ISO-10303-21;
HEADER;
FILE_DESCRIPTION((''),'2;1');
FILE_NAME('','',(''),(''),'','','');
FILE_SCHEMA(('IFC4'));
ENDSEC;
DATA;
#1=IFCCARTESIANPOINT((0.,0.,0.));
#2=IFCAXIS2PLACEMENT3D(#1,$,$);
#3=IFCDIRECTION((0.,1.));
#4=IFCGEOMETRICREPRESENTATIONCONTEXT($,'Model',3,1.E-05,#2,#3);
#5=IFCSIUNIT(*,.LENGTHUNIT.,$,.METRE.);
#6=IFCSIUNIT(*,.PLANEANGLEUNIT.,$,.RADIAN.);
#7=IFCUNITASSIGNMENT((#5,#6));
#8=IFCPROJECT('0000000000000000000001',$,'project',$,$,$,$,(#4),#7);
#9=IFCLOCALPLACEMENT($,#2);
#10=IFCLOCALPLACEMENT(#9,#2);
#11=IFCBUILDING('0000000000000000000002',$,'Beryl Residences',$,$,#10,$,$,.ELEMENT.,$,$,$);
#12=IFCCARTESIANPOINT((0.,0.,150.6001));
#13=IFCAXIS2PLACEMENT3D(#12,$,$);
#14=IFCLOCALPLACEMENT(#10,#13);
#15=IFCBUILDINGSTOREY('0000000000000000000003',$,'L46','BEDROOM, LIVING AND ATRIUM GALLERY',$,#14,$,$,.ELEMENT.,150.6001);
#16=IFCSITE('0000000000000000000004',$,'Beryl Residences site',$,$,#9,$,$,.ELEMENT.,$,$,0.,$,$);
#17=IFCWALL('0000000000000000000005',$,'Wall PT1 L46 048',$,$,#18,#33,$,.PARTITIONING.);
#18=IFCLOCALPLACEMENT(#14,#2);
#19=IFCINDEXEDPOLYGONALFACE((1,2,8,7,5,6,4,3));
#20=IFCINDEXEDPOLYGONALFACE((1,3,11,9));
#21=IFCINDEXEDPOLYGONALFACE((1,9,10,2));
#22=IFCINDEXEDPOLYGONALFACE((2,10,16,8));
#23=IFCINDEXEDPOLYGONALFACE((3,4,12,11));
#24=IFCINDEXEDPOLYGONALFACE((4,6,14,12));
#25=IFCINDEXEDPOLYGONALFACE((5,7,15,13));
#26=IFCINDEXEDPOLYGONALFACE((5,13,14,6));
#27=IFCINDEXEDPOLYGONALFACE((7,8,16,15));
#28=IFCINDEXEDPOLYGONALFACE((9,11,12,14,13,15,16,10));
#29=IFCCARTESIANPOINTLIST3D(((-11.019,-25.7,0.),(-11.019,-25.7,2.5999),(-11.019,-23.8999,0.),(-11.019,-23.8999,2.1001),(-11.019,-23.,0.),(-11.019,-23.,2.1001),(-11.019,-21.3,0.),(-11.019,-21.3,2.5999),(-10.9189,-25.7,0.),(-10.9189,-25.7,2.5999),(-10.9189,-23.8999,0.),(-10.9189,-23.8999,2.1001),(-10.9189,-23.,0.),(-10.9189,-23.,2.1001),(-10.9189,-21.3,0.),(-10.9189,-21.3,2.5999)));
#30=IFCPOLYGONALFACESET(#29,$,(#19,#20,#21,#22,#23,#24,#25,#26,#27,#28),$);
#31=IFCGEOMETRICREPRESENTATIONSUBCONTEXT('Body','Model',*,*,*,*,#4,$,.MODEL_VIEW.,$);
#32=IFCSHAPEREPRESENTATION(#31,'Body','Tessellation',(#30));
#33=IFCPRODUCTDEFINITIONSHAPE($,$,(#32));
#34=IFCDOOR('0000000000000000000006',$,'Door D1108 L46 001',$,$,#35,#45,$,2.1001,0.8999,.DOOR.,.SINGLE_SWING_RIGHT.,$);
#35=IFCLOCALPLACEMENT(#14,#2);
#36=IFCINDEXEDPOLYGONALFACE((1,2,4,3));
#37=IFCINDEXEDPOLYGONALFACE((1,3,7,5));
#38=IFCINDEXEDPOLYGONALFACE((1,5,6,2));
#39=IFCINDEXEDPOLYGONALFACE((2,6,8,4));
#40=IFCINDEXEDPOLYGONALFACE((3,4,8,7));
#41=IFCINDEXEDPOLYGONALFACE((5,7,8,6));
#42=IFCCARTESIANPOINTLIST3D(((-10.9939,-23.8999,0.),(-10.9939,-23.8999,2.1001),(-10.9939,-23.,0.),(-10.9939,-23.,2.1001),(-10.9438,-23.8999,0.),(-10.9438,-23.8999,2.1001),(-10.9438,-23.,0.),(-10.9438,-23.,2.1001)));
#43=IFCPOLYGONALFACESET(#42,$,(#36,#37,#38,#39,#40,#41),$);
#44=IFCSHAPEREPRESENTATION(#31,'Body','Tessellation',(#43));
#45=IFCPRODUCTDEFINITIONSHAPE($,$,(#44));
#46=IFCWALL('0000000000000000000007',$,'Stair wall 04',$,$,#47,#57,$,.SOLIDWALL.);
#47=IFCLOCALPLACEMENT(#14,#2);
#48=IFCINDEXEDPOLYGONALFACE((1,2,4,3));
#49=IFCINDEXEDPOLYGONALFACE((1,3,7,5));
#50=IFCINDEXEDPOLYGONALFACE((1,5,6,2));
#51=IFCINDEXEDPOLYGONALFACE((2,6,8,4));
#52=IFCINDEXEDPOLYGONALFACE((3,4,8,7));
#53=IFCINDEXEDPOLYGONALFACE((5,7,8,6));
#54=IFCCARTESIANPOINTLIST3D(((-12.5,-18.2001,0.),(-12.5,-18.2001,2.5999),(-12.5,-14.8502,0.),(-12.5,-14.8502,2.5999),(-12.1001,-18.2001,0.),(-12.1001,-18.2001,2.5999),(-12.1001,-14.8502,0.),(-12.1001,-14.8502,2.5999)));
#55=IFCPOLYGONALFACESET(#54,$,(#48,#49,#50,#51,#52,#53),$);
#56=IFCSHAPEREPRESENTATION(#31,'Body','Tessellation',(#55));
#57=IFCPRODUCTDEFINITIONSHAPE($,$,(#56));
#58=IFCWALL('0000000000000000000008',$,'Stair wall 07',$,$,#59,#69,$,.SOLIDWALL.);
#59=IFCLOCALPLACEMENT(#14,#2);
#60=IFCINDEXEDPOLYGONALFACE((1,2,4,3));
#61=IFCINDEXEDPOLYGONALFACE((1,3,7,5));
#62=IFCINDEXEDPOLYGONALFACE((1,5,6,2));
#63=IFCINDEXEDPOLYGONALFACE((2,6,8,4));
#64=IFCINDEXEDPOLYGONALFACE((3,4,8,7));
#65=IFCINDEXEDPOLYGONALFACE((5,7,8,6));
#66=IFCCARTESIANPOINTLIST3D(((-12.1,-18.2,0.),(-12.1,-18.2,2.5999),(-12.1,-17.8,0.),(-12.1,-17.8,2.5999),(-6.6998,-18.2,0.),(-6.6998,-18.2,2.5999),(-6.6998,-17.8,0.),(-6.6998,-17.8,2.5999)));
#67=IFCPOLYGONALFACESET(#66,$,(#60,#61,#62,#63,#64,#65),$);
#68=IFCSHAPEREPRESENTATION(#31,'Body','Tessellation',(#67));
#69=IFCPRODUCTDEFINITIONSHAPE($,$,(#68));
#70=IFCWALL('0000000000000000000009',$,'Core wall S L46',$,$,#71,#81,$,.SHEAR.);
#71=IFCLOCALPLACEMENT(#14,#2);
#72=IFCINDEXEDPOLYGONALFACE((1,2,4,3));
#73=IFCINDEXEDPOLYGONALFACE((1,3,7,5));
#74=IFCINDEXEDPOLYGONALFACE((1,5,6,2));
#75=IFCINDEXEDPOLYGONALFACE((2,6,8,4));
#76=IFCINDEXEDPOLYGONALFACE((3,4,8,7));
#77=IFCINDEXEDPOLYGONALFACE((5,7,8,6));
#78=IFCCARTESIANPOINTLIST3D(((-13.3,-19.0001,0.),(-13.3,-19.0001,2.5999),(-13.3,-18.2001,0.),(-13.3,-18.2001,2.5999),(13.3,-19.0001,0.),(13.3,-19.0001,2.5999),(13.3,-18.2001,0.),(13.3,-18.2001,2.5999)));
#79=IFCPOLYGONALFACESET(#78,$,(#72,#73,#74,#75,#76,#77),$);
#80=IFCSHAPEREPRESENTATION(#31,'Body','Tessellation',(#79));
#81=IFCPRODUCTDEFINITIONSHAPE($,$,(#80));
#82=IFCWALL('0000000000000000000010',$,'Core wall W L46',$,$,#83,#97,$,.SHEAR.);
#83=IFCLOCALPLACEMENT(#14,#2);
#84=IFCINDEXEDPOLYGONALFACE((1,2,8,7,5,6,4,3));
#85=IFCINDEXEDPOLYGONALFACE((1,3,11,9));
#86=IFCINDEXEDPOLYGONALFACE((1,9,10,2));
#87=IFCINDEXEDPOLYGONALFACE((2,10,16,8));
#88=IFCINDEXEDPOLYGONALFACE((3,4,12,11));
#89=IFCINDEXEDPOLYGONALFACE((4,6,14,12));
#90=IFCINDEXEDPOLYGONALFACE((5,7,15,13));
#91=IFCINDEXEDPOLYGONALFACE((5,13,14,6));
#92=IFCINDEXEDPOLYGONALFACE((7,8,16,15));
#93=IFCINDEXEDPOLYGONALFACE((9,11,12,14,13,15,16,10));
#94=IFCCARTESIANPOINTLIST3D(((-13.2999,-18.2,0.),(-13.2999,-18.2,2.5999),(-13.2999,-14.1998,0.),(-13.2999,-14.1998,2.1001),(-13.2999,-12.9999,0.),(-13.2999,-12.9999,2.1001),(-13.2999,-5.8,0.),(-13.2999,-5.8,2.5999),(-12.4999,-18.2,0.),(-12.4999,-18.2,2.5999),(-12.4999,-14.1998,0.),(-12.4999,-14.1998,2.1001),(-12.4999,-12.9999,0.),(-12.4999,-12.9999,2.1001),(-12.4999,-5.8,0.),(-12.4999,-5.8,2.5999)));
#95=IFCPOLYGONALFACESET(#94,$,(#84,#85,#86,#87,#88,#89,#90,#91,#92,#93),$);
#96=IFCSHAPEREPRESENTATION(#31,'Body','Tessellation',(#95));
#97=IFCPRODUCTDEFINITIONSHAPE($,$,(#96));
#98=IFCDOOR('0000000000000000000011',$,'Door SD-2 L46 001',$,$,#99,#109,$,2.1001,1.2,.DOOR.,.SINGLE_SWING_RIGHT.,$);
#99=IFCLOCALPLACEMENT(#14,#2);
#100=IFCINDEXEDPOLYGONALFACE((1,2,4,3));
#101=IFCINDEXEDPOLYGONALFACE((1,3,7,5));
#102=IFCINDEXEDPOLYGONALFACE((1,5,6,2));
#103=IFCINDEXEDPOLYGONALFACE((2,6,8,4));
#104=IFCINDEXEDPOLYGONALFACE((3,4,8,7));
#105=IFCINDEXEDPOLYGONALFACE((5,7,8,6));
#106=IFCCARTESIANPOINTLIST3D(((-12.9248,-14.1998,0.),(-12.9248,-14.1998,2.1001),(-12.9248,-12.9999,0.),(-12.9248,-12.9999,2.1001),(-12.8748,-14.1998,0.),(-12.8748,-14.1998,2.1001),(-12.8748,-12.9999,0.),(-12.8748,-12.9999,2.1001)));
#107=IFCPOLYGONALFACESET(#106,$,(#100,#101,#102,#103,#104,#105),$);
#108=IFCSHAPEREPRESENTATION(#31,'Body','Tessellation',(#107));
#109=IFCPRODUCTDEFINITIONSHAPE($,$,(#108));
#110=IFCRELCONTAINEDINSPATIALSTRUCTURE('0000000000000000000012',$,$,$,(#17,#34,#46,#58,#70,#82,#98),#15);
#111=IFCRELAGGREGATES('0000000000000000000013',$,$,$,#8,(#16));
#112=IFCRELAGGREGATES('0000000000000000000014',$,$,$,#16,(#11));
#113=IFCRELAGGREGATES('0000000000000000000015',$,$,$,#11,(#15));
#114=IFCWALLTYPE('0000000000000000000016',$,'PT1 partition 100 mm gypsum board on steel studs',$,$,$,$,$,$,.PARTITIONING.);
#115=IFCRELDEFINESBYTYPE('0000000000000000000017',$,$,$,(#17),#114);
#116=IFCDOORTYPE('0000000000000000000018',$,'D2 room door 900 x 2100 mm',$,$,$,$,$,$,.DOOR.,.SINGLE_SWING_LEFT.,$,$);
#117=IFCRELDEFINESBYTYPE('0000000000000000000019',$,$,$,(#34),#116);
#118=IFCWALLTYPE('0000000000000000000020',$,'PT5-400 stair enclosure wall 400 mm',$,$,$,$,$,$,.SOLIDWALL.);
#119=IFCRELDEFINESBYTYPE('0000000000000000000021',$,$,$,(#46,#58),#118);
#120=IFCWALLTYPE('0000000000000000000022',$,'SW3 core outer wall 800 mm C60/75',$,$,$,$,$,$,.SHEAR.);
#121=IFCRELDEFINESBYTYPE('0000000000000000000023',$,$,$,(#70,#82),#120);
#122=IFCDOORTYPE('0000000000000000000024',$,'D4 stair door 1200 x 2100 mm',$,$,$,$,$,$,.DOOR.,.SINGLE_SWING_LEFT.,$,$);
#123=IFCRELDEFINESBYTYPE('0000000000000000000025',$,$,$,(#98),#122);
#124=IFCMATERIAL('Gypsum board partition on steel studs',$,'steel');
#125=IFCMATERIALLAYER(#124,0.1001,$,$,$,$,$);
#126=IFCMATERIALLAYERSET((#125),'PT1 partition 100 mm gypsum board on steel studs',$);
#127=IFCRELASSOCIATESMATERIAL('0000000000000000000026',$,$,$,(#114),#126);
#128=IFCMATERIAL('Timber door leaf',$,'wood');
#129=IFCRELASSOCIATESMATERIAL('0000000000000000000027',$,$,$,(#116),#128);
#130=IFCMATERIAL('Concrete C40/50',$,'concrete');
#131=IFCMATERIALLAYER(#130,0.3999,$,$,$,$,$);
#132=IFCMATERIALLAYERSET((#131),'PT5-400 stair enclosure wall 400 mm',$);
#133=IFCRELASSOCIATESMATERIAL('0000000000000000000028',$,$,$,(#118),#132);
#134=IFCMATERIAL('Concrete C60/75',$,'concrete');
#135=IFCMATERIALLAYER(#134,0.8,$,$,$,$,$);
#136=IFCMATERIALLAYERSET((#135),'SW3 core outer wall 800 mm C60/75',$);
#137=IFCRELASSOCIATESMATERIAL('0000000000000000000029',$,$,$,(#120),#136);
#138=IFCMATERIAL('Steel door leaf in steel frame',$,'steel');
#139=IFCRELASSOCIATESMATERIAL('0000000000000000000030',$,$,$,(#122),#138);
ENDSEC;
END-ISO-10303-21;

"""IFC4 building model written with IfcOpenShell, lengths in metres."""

from ifc_helpers import new_model, si_unit, direction, frame, frame_2d, origin, place, context, subcontext, project, spatial, rectangle, extrude, material, layer, layer_set, type_object, element, fill, save


model = new_model("IFC4")

# Units and contexts
model_context = context("Model", 3, precision=1e-05, world=origin(), true_north=direction((0.0, 1.0)))
body_context = subcontext(model_context, "Body", "Model", "MODEL_VIEW")
ifc_project = project(units=[si_unit("LENGTHUNIT", "METRE"), si_unit("PLANEANGLEUNIT", "RADIAN")], contexts=[model_context])

# Site, building, storey
site_placement = place(None, origin())
site = spatial("IfcSite", under=ifc_project, at=site_placement, Name="Beryl Residences site", CompositionType="ELEMENT", RefElevation=0.0)
building_placement = place(site_placement, origin())
building = spatial("IfcBuilding", under=site, at=building_placement, Name="Beryl Residences", CompositionType="ELEMENT")
storey_placement = place(building_placement, frame((0.0, 0.0, 150.6001)))
storey = spatial("IfcBuildingStorey", under=building, at=storey_placement, Name="L46", Description="BEDROOM, LIVING AND ATRIUM GALLERY", CompositionType="ELEMENT", Elevation=150.6001)

# Wall, opening, door
ifc_material_1 = material(Name="Gypsum board partition on steel studs", Category="steel")
ifc_layer_1 = layer(ifc_material_1, 0.1001)
ifc_layer_set_1 = layer_set([ifc_layer_1], Name="PT1 partition 100 mm gypsum board on steel studs")
wall_type_1 = type_object("IfcWallType", Name="PT1 partition 100 mm gypsum board on steel studs", PredefinedType="PARTITIONING", material=ifc_layer_set_1)
wall_1_placement = place(storey_placement, frame((-10.969, -25.7, 0.0), z_axis=(0.0, 0.0, 1.0), x_axis=(0.0, 1.0, 0.0)))
wall_1 = element("IfcWall", 1, at=wall_1_placement, inside=storey, type_object=wall_type_1, Name="Wall PT1 L46 048", PredefinedType="PARTITIONING", context=body_context, shape_type="SweptSolid", body=[
    extrude(rectangle(XDim=4.3999, YDim=0.1001, at=frame_2d((2.2, 0.0))), origin(), (0.0, 0.0, 1.0), 2.5999),
])
opening_1_placement = place(wall_1_placement, frame((1.8, 0.0, 0.0)))
opening_1 = element("IfcOpeningElement", 2, at=opening_1_placement, cuts=wall_1, PredefinedType="OPENING", context=body_context, shape_type="SweptSolid", body=[
    extrude(rectangle(XDim=0.8999, YDim=2.1001, at=frame_2d((0.45, 1.05))), frame((0.0, 0.0601, 0.0), z_axis=(0.0, -1.0, 0.0), x_axis=(1.0, 0.0, 0.0)), (0.0, 0.0, 1.0), 0.1201),
])
ifc_material_2 = material(Name="Timber door leaf", Category="wood")
door_type_1 = type_object("IfcDoorType", Name="D2 room door 900 x 2100 mm", OperationType="SINGLE_SWING_LEFT", PredefinedType="DOOR", material=ifc_material_2)
door_1_placement = place(opening_1_placement, origin())
door_1 = element("IfcDoor", 3, at=door_1_placement, inside=storey, type_object=door_type_1, Name="Door D1108 L46 001", OperationType="SINGLE_SWING_RIGHT", OverallHeight=2.1001, OverallWidth=0.8999, PredefinedType="DOOR", context=body_context, shape_type="SweptSolid", body=[
    extrude(rectangle(XDim=0.8999, YDim=2.1001, at=frame_2d((0.45, 1.05))), frame((0.0, 0.0249, 0.0), z_axis=(0.0, -1.0, 0.0), x_axis=(1.0, 0.0, 0.0)), (0.0, 0.0, 1.0), 0.05),
])
fill(opening_1, door_1)

# Walls
ifc_material_3 = material(Name="Concrete C40/50", Category="concrete")
ifc_layer_2 = layer(ifc_material_3, 0.3999)
ifc_layer_set_2 = layer_set([ifc_layer_2], Name="PT5-400 stair enclosure wall 400 mm")
wall_type_2 = type_object("IfcWallType", Name="PT5-400 stair enclosure wall 400 mm", PredefinedType="SOLIDWALL", material=ifc_layer_set_2)
wall_2_placement = place(storey_placement, frame((-12.3, -18.2, 0.0), z_axis=(0.0, 0.0, 1.0), x_axis=(0.0, 1.0, 0.0)))
element("IfcWall", 4, at=wall_2_placement, inside=storey, type_object=wall_type_2, Name="Stair wall 04", PredefinedType="SOLIDWALL", context=body_context, shape_type="SweptSolid", body=[
    extrude(rectangle(XDim=3.3499, YDim=0.3999, at=frame_2d((1.6748, 0.0))), origin(), (0.0, 0.0, 1.0), 2.5999),
])
wall_3_placement = place(storey_placement, frame((-12.1001, -18.0, 0.0), z_axis=(0.0, 0.0, 1.0), x_axis=(1.0, 0.0, 0.0)))
element("IfcWall", 5, at=wall_3_placement, inside=storey, type_object=wall_type_2, Name="Stair wall 07", PredefinedType="SOLIDWALL", context=body_context, shape_type="SweptSolid", body=[
    extrude(rectangle(XDim=5.4001, YDim=0.3999, at=frame_2d((2.7002, 0.0))), origin(), (0.0, 0.0, 1.0), 2.5999),
])
ifc_material_4 = material(Name="Concrete C60/75", Category="concrete")
ifc_layer_3 = layer(ifc_material_4, 0.8)
ifc_layer_set_3 = layer_set([ifc_layer_3], Name="SW3 core outer wall 800 mm C60/75")
wall_type_3 = type_object("IfcWallType", Name="SW3 core outer wall 800 mm C60/75", PredefinedType="SHEAR", material=ifc_layer_set_3)
wall_4_placement = place(storey_placement, frame((-13.3, -18.6001, 0.0), z_axis=(0.0, 0.0, 1.0), x_axis=(1.0, 0.0, 0.0)))
element("IfcWall", 6, at=wall_4_placement, inside=storey, type_object=wall_type_3, Name="Core wall S L46", PredefinedType="SHEAR", context=body_context, shape_type="SweptSolid", body=[
    extrude(rectangle(XDim=26.6001, YDim=0.8, at=frame_2d((13.3, 0.0))), origin(), (0.0, 0.0, 1.0), 2.5999),
])

# Wall, opening, door
wall_5_placement = place(storey_placement, frame((-12.8999, -18.2, 0.0), z_axis=(0.0, 0.0, 1.0), x_axis=(0.0, 1.0, 0.0)))
wall_5 = element("IfcWall", 7, at=wall_5_placement, inside=storey, type_object=wall_type_3, Name="Core wall W L46", PredefinedType="SHEAR", context=body_context, shape_type="SweptSolid", body=[
    extrude(rectangle(XDim=12.3999, YDim=0.8, at=frame_2d((6.2, 0.0))), origin(), (0.0, 0.0, 1.0), 2.5999),
])
opening_2_placement = place(wall_5_placement, frame((4.0, 0.0, 0.0)))
opening_2 = element("IfcOpeningElement", 8, at=opening_2_placement, cuts=wall_5, PredefinedType="OPENING", context=body_context, shape_type="SweptSolid", body=[
    extrude(rectangle(XDim=1.2, YDim=2.1001, at=frame_2d((0.6001, 1.05))), frame((0.0, 0.4099, 0.0), z_axis=(0.0, -1.0, 0.0), x_axis=(1.0, 0.0, 0.0)), (0.0, 0.0, 1.0), 0.8201),
])
ifc_material_5 = material(Name="Steel door leaf in steel frame", Category="steel")
door_type_2 = type_object("IfcDoorType", Name="D4 stair door 1200 x 2100 mm", OperationType="SINGLE_SWING_LEFT", PredefinedType="DOOR", material=ifc_material_5)
door_2_placement = place(opening_2_placement, origin())
door_2 = element("IfcDoor", 9, at=door_2_placement, inside=storey, type_object=door_type_2, Name="Door SD-2 L46 001", OperationType="SINGLE_SWING_RIGHT", OverallHeight=2.1001, OverallWidth=1.2, PredefinedType="DOOR", context=body_context, shape_type="SweptSolid", body=[
    extrude(rectangle(XDim=1.2, YDim=2.1001, at=frame_2d((0.6001, 1.05))), frame((0.0, 0.0249, 0.0), z_axis=(0.0, -1.0, 0.0), x_axis=(1.0, 0.0, 0.0)), (0.0, 0.0, 1.0), 0.05),
])
fill(opening_2, door_2)

save(model, "model.ifc")
